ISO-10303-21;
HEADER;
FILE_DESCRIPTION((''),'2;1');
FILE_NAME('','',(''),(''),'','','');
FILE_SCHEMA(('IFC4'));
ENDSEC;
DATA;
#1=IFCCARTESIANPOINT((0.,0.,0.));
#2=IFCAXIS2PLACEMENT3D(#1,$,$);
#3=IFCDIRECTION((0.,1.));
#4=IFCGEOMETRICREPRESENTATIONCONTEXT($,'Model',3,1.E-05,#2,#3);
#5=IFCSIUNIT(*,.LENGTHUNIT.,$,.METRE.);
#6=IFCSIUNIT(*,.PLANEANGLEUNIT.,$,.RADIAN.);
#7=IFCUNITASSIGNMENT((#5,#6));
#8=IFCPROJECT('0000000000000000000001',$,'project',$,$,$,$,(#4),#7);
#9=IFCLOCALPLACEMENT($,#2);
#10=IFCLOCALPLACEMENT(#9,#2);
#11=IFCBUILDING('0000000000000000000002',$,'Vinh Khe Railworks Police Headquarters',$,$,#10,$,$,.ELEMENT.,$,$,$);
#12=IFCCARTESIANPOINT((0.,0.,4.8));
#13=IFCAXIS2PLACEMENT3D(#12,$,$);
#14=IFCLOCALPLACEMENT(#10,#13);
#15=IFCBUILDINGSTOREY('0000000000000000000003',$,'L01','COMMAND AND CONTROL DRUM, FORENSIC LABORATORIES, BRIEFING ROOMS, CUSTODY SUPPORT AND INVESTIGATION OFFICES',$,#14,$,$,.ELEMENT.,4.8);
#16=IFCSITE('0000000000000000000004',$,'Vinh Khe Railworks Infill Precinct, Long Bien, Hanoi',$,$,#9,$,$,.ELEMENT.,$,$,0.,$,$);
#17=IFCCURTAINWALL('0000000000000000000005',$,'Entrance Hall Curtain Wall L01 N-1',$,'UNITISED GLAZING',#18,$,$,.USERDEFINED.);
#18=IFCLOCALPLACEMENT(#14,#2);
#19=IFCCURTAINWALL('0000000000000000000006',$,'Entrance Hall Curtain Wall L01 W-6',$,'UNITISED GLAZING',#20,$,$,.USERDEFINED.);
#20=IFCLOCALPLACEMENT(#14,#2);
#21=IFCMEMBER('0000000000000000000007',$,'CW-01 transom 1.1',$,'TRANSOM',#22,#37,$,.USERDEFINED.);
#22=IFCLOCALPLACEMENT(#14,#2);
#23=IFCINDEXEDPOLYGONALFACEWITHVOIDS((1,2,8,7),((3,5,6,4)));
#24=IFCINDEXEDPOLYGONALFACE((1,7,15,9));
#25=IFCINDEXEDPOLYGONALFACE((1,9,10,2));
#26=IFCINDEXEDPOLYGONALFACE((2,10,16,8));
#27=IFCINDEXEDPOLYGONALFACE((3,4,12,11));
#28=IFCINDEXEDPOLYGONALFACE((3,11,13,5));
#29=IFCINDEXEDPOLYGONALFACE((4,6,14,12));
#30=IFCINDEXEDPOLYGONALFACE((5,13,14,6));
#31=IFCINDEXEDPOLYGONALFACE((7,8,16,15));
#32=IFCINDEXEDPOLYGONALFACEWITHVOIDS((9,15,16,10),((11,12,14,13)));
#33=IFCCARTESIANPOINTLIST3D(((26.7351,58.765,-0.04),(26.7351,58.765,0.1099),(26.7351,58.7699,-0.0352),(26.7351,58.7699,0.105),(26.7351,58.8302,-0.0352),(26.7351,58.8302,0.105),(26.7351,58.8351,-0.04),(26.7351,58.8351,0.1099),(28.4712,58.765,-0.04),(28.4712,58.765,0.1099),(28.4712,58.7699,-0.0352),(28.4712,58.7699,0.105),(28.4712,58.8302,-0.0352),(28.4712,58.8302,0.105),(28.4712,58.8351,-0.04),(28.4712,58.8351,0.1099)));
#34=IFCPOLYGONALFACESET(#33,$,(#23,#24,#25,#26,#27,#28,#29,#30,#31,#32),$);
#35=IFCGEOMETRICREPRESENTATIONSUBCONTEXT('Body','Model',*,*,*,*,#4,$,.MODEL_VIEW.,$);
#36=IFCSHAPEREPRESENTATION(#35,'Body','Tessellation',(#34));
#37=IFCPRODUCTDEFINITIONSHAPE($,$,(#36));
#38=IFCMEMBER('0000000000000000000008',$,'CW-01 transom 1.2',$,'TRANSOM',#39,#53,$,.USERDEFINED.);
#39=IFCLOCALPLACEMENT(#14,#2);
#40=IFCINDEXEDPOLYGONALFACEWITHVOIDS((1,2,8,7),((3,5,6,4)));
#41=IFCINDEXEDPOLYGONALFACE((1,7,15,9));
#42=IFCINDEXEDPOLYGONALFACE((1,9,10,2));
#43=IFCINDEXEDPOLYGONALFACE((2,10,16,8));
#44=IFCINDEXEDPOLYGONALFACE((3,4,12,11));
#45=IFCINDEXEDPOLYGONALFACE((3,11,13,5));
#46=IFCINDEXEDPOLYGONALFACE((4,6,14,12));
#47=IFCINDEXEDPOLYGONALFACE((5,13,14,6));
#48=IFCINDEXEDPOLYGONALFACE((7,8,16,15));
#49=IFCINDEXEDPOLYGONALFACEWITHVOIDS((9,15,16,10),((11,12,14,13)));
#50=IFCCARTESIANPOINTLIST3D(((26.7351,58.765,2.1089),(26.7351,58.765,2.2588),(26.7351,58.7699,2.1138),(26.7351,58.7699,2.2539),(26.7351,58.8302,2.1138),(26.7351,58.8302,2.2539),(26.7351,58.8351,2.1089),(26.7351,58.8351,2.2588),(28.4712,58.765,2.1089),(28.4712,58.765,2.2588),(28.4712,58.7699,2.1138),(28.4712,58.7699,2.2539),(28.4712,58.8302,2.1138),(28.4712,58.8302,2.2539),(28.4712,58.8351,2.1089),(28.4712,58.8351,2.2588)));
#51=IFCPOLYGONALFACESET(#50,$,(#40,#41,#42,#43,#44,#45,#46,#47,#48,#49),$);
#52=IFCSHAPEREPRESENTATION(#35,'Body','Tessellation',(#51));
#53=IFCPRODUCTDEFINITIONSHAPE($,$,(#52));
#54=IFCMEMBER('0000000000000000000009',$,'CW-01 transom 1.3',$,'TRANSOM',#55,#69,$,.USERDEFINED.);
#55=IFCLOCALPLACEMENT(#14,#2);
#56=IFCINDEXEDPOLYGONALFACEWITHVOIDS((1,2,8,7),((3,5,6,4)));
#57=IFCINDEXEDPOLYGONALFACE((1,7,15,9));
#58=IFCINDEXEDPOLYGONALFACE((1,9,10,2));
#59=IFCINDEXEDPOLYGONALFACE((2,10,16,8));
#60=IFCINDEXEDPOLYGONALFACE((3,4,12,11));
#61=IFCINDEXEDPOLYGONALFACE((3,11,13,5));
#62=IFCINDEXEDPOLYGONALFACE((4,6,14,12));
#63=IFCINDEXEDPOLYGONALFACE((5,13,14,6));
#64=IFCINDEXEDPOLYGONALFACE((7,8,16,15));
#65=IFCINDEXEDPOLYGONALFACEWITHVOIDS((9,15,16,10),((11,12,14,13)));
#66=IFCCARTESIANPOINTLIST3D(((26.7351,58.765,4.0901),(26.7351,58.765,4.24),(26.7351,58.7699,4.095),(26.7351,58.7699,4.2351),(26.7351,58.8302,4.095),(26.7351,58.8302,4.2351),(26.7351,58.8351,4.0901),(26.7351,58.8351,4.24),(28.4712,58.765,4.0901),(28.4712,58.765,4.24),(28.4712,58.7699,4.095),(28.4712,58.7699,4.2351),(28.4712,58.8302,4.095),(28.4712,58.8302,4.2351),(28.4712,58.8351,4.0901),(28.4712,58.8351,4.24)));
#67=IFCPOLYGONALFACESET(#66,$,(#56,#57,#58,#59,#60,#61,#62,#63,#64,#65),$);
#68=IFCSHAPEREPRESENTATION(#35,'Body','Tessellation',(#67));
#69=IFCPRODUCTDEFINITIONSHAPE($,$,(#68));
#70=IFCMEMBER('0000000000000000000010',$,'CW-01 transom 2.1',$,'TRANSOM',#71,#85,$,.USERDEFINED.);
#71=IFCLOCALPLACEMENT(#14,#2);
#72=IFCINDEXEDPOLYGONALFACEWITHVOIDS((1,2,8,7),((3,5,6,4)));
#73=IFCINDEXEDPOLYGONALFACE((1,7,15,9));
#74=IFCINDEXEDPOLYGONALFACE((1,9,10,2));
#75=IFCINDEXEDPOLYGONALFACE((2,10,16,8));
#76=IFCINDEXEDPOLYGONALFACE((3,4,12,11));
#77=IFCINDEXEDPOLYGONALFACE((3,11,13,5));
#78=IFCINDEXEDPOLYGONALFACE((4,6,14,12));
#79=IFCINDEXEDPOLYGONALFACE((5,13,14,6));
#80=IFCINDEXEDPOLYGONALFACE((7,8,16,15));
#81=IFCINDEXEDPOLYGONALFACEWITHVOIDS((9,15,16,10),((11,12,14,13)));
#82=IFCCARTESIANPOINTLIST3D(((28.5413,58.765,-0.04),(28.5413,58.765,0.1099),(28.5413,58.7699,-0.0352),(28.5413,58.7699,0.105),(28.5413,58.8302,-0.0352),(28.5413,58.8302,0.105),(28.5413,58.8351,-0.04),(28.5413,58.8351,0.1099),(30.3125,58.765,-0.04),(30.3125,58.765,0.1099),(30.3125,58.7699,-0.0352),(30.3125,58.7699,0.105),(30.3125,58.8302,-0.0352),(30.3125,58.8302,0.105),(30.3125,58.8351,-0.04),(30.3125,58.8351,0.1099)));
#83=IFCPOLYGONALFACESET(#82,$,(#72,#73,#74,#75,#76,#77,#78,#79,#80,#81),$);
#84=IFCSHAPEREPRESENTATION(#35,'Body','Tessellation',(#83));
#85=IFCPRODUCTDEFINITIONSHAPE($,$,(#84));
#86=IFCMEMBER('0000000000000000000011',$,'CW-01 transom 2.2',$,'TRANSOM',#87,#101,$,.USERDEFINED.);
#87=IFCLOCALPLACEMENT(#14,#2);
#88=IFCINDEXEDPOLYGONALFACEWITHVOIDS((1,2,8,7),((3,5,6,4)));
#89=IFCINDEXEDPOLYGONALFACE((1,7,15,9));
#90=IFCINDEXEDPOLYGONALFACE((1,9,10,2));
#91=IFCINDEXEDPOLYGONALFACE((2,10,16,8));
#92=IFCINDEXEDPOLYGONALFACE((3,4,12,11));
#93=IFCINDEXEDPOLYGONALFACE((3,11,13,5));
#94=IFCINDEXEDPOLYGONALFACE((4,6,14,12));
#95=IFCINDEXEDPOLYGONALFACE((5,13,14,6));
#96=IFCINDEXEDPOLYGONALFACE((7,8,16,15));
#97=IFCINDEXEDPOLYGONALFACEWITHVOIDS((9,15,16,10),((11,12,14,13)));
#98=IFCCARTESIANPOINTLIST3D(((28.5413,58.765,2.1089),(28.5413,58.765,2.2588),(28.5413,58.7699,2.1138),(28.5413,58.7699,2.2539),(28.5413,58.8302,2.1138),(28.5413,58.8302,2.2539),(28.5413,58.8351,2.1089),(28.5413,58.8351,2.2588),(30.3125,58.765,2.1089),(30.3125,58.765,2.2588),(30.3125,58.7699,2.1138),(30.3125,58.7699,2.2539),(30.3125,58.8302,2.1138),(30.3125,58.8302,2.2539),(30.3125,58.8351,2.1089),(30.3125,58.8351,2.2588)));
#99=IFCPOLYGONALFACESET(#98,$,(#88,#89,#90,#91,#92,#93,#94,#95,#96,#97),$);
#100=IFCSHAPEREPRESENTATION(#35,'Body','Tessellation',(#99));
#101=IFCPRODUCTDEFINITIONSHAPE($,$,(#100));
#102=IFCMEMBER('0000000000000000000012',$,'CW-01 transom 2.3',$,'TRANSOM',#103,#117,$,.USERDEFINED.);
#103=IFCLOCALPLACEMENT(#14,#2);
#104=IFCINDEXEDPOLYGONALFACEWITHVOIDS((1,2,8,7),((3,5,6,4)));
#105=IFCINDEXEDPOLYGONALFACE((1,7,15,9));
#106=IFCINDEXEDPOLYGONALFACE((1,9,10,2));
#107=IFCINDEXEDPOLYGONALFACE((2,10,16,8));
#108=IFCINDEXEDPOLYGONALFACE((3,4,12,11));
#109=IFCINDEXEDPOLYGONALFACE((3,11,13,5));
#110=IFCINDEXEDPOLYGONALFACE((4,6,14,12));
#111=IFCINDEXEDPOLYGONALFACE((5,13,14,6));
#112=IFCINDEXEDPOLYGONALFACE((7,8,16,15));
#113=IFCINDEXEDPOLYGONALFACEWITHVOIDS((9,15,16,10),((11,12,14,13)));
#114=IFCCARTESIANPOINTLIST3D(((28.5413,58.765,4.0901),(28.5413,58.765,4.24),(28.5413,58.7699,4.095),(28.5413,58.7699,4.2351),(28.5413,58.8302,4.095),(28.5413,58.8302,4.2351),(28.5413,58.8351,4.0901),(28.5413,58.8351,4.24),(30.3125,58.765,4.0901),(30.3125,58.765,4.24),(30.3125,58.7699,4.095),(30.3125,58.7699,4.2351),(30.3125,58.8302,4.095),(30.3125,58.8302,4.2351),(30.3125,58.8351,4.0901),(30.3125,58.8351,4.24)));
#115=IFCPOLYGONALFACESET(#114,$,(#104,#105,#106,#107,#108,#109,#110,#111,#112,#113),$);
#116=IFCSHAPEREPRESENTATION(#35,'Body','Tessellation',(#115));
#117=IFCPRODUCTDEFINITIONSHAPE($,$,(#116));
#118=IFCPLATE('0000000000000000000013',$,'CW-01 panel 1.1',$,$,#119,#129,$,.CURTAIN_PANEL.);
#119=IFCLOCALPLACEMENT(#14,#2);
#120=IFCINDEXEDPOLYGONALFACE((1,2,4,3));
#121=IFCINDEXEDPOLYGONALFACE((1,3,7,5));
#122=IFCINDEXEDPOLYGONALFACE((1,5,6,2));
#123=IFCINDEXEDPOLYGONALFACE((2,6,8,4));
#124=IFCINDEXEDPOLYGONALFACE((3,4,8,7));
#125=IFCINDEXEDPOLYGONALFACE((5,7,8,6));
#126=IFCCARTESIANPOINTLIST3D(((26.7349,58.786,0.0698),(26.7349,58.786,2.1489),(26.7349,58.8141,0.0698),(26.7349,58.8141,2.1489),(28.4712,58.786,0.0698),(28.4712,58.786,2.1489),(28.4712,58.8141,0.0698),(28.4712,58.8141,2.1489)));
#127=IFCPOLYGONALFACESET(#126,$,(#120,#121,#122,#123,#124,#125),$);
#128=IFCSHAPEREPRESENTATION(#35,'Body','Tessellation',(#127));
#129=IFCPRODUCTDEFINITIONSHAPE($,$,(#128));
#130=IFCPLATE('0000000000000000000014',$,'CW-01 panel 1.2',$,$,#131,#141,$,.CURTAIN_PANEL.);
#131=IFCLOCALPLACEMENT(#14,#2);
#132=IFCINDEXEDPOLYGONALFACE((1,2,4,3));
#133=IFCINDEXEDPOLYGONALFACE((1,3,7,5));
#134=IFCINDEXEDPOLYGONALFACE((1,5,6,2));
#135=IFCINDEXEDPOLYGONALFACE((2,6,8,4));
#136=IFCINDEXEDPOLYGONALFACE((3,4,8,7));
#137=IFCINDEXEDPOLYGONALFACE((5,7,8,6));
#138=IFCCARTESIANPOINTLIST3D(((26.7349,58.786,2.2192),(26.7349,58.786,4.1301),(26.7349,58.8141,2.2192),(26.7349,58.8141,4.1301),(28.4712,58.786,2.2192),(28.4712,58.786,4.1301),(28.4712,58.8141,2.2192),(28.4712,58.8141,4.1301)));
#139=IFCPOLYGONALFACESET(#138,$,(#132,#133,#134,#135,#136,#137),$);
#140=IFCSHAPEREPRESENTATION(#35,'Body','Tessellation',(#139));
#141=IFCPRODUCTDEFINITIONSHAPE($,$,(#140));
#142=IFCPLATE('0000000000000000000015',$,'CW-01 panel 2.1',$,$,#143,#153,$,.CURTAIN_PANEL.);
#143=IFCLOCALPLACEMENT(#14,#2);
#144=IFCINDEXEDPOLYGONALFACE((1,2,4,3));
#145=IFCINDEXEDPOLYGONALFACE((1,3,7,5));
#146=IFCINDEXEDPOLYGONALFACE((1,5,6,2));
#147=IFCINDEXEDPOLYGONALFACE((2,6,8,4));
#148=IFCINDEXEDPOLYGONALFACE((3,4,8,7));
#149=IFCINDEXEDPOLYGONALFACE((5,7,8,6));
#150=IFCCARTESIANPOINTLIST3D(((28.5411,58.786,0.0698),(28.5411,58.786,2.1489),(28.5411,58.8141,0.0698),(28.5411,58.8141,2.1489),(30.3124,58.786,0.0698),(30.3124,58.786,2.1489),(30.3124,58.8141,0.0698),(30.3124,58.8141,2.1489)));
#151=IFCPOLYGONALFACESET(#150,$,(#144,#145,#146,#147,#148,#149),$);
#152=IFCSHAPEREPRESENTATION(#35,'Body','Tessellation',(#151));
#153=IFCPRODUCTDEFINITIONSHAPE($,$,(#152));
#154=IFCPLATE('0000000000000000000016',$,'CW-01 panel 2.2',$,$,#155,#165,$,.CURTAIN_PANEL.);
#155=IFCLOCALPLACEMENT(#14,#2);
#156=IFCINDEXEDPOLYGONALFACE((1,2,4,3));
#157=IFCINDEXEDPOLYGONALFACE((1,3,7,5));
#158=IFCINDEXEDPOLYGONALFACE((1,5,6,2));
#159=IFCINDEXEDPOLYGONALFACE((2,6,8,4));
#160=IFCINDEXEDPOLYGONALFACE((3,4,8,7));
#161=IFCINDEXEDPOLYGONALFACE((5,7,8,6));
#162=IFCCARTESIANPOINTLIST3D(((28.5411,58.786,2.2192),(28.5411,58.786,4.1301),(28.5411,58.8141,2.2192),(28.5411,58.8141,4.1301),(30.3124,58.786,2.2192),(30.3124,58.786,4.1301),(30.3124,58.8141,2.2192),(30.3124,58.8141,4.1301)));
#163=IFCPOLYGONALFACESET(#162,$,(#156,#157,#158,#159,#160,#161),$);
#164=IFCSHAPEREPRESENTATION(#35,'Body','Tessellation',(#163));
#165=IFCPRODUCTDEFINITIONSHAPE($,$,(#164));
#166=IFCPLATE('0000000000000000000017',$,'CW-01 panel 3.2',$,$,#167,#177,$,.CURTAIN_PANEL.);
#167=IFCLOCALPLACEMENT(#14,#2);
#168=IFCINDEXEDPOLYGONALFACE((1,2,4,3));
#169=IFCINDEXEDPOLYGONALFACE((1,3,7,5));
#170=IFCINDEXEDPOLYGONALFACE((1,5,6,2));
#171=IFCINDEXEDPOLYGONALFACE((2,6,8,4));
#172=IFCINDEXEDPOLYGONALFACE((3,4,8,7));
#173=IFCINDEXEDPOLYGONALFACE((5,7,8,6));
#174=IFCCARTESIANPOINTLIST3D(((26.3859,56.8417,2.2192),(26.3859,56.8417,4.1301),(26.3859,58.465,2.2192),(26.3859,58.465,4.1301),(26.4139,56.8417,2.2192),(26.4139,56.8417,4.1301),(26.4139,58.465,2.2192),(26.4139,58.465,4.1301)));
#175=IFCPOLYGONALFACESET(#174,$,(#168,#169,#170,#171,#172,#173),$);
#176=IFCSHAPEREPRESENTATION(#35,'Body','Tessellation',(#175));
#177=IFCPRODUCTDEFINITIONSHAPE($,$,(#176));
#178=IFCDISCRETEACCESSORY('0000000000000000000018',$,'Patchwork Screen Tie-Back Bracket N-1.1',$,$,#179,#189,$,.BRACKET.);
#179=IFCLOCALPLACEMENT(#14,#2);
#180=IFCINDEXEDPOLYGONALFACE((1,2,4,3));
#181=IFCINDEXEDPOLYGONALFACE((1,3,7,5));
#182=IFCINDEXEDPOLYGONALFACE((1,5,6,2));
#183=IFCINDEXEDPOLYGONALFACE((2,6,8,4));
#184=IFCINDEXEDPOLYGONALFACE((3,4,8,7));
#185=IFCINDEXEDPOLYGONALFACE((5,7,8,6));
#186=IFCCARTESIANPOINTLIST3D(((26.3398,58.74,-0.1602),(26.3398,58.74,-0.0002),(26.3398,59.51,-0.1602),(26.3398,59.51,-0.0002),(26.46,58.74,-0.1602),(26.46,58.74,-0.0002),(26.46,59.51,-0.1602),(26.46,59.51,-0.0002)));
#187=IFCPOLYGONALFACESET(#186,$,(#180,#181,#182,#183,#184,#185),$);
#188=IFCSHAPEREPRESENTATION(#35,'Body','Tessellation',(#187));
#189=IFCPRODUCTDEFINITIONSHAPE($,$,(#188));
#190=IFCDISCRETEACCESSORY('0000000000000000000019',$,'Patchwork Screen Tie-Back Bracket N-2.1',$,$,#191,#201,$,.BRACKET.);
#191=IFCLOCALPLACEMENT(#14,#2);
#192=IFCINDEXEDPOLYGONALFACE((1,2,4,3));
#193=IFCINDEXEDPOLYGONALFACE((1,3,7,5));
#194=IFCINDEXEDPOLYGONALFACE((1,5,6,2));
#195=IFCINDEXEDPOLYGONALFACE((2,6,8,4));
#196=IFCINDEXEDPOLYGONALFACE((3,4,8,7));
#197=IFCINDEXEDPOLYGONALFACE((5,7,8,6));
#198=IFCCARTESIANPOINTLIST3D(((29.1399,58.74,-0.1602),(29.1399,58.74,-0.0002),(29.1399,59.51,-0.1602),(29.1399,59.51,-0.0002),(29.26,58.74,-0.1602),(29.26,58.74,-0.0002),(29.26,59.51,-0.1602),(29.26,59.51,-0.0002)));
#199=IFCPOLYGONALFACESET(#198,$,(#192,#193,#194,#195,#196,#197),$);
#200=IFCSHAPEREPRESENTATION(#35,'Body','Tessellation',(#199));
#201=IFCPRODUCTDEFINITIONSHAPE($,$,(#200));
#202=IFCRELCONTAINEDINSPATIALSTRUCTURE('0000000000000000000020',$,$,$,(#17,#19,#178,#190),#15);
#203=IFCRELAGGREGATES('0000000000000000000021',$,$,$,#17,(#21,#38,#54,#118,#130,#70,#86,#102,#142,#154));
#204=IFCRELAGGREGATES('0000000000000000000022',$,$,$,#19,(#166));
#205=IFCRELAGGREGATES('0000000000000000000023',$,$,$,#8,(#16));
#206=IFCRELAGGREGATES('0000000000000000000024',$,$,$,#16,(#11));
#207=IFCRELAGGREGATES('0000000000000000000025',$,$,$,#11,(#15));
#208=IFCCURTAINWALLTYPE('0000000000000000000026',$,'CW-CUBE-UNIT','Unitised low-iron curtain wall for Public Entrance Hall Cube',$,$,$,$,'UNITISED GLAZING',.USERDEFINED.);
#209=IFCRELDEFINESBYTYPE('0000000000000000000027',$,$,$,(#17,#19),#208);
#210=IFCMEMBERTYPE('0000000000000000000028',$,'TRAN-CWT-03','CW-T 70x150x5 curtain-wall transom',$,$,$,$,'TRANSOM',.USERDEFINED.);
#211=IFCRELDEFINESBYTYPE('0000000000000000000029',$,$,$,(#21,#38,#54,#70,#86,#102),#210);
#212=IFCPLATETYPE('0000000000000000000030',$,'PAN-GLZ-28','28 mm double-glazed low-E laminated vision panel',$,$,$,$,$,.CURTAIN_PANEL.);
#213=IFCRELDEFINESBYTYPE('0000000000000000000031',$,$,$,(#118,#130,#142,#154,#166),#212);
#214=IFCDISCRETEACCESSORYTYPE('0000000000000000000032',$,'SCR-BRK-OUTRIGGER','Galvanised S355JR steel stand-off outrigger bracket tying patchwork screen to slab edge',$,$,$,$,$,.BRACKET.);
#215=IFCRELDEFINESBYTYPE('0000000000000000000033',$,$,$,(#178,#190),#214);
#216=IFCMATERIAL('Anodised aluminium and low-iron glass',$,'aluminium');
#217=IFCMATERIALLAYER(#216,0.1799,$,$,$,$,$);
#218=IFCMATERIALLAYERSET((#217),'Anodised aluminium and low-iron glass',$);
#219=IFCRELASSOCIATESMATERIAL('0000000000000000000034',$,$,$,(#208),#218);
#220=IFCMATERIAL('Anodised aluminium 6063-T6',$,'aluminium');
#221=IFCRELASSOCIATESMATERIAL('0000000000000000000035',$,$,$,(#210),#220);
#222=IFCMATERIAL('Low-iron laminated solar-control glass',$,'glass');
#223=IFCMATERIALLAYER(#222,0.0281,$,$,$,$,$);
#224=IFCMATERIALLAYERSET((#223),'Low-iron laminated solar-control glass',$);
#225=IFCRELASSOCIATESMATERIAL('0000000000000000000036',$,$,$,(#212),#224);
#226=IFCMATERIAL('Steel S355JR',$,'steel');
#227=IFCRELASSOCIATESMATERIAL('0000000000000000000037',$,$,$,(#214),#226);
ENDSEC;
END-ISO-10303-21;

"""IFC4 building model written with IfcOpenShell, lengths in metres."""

from ifc_helpers import new_model, si_unit, direction, frame, origin, origin_2d, place, context, subcontext, project, spatial, rectangle, hollow_rectangle, extrude, material, layer, layer_set, material_profile, profile_set, type_object, element, aggregate, save


model = new_model("IFC4")

# Units and contexts
model_context = context("Model", 3, precision=1e-05, world=origin(), true_north=direction((0.0, 1.0)))
body_context = subcontext(model_context, "Body", "Model", "MODEL_VIEW")
ifc_project = project(units=[si_unit("LENGTHUNIT", "METRE"), si_unit("PLANEANGLEUNIT", "RADIAN")], contexts=[model_context])

# Site, building, storey
site_placement = place(None, origin())
site = spatial("IfcSite", under=ifc_project, at=site_placement, Name="Vinh Khe Railworks Infill Precinct, Long Bien, Hanoi", CompositionType="ELEMENT", RefElevation=0.0)
building_placement = place(site_placement, origin())
building = spatial("IfcBuilding", under=site, at=building_placement, Name="Vinh Khe Railworks Police Headquarters", CompositionType="ELEMENT")
storey_placement = place(building_placement, frame((0.0, 0.0, 4.8)))
storey = spatial("IfcBuildingStorey", under=building, at=storey_placement, Name="L01", Description="COMMAND AND CONTROL DRUM, FORENSIC LABORATORIES, BRIEFING ROOMS, CUSTODY SUPPORT AND INVESTIGATION OFFICES", CompositionType="ELEMENT", Elevation=4.8)

# Shared definitions
ifc_material_1 = material(Name="Steel S355JR", Category="steel")

# Curtain wall
ifc_material_2 = material(Name="Anodised aluminium and low-iron glass", Category="aluminium")
ifc_layer_1 = layer(ifc_material_2, 0.1799)
ifc_layer_set_1 = layer_set([ifc_layer_1], Name="Anodised aluminium and low-iron glass")
curtain_wall_type = type_object("IfcCurtainWallType", Name="CW-CUBE-UNIT", Description="Unitised low-iron curtain wall for Public Entrance Hall Cube", ElementType="UNITISED GLAZING", PredefinedType="USERDEFINED", material=ifc_layer_set_1)
curtain_wall_1_placement = place(storey_placement, origin())
curtain_wall_1 = element("IfcCurtainWall", 1, at=curtain_wall_1_placement, inside=storey, type_object=curtain_wall_type, Name="Entrance Hall Curtain Wall L01 N-1", ObjectType="UNITISED GLAZING", PredefinedType="USERDEFINED")
ifc_material_3 = material(Name="Anodised aluminium 6063-T6", Category="aluminium")

# Curtain wall
curtain_wall_2_placement = place(storey_placement, origin())
curtain_wall_2 = element("IfcCurtainWall", 2, at=curtain_wall_2_placement, inside=storey, type_object=curtain_wall_type, Name="Entrance Hall Curtain Wall L01 W-6", ObjectType="UNITISED GLAZING", PredefinedType="USERDEFINED")

# Members
ifc_material_profile_1 = material_profile(ifc_material_3, hollow_rectangle(XDim=0.0701, YDim=0.1499, WallThickness=0.0049, at=origin_2d()), Name="CW-T 70x150x5")
ifc_profile_set_1 = profile_set([ifc_material_profile_1], Name="Anodised aluminium 6063-T6")
member_type_1 = type_object("IfcMemberType", Name="TRAN-CWT-03", Description="CW-T 70x150x5 curtain-wall transom", ElementType="TRANSOM", PredefinedType="USERDEFINED", material=ifc_profile_set_1)
member_1_placement = place(storey_placement, frame((26.7351, 58.8, 0.0349), z_axis=(1.0, 0.0, 0.0), x_axis=(0.0, 1.0, 0.0)))
member_1 = element("IfcMember", 3, at=member_1_placement, type_object=member_type_1, Name="CW-01 transom 1.1", ObjectType="TRANSOM", PredefinedType="USERDEFINED", context=body_context, shape_type="SweptSolid", body=[
    extrude(hollow_rectangle(XDim=0.0701, YDim=0.1499, WallThickness=0.0049, at=origin_2d()), origin(), (0.0, 0.0, 1.0), 1.7361),
])
member_2_placement = place(storey_placement, frame((26.7351, 58.8, 2.1838), z_axis=(1.0, 0.0, 0.0), x_axis=(0.0, 1.0, 0.0)))
member_2 = element("IfcMember", 4, at=member_2_placement, type_object=member_type_1, Name="CW-01 transom 1.2", ObjectType="TRANSOM", PredefinedType="USERDEFINED", context=body_context, shape_type="SweptSolid", body=[
    extrude(hollow_rectangle(XDim=0.0701, YDim=0.1499, WallThickness=0.0049, at=origin_2d()), origin(), (0.0, 0.0, 1.0), 1.7361),
])
member_3_placement = place(storey_placement, frame((26.7351, 58.8, 4.165), z_axis=(1.0, 0.0, 0.0), x_axis=(0.0, 1.0, 0.0)))
member_3 = element("IfcMember", 5, at=member_3_placement, type_object=member_type_1, Name="CW-01 transom 1.3", ObjectType="TRANSOM", PredefinedType="USERDEFINED", context=body_context, shape_type="SweptSolid", body=[
    extrude(hollow_rectangle(XDim=0.0701, YDim=0.1499, WallThickness=0.0049, at=origin_2d()), origin(), (0.0, 0.0, 1.0), 1.7361),
])
member_4_placement = place(storey_placement, frame((28.5413, 58.8, 0.0349), z_axis=(1.0, 0.0, 0.0), x_axis=(0.0, 1.0, 0.0)))
member_4 = element("IfcMember", 6, at=member_4_placement, type_object=member_type_1, Name="CW-01 transom 2.1", ObjectType="TRANSOM", PredefinedType="USERDEFINED", context=body_context, shape_type="SweptSolid", body=[
    extrude(hollow_rectangle(XDim=0.0701, YDim=0.1499, WallThickness=0.0049, at=origin_2d()), origin(), (0.0, 0.0, 1.0), 1.7712),
])
member_5_placement = place(storey_placement, frame((28.5413, 58.8, 2.1838), z_axis=(1.0, 0.0, 0.0), x_axis=(0.0, 1.0, 0.0)))
member_5 = element("IfcMember", 7, at=member_5_placement, type_object=member_type_1, Name="CW-01 transom 2.2", ObjectType="TRANSOM", PredefinedType="USERDEFINED", context=body_context, shape_type="SweptSolid", body=[
    extrude(hollow_rectangle(XDim=0.0701, YDim=0.1499, WallThickness=0.0049, at=origin_2d()), origin(), (0.0, 0.0, 1.0), 1.7712),
])
member_6_placement = place(storey_placement, frame((28.5413, 58.8, 4.165), z_axis=(1.0, 0.0, 0.0), x_axis=(0.0, 1.0, 0.0)))
member_6 = element("IfcMember", 8, at=member_6_placement, type_object=member_type_1, Name="CW-01 transom 2.3", ObjectType="TRANSOM", PredefinedType="USERDEFINED", context=body_context, shape_type="SweptSolid", body=[
    extrude(hollow_rectangle(XDim=0.0701, YDim=0.1499, WallThickness=0.0049, at=origin_2d()), origin(), (0.0, 0.0, 1.0), 1.7712),
])

# Plates
ifc_material_4 = material(Name="Low-iron laminated solar-control glass", Category="glass")
ifc_layer_2 = layer(ifc_material_4, 0.0281)
ifc_layer_set_2 = layer_set([ifc_layer_2], Name="Low-iron laminated solar-control glass")
plate_type = type_object("IfcPlateType", Name="PAN-GLZ-28", Description="28 mm double-glazed low-E laminated vision panel", PredefinedType="CURTAIN_PANEL", material=ifc_layer_set_2)
plate_1_placement = place(storey_placement, frame((27.603, 58.8, 0.0698), z_axis=(0.0, 0.0, 1.0), x_axis=(1.0, 0.0, 0.0)))
plate_1 = element("IfcPlate", 9, at=plate_1_placement, type_object=plate_type, Name="CW-01 panel 1.1", PredefinedType="CURTAIN_PANEL", context=body_context, shape_type="SweptSolid", body=[
    extrude(rectangle(XDim=1.7363, YDim=0.0281, at=origin_2d()), origin(), (0.0, 0.0, 1.0), 2.0791),
])
plate_2_placement = place(storey_placement, frame((27.603, 58.8, 2.2192), z_axis=(0.0, 0.0, 1.0), x_axis=(1.0, 0.0, 0.0)))
plate_2 = element("IfcPlate", 10, at=plate_2_placement, type_object=plate_type, Name="CW-01 panel 1.2", PredefinedType="CURTAIN_PANEL", context=body_context, shape_type="SweptSolid", body=[
    extrude(rectangle(XDim=1.7363, YDim=0.0281, at=origin_2d()), origin(), (0.0, 0.0, 1.0), 1.9109),
])
plate_3_placement = place(storey_placement, frame((29.4268, 58.8, 0.0698), z_axis=(0.0, 0.0, 1.0), x_axis=(1.0, 0.0, 0.0)))
plate_3 = element("IfcPlate", 11, at=plate_3_placement, type_object=plate_type, Name="CW-01 panel 2.1", PredefinedType="CURTAIN_PANEL", context=body_context, shape_type="SweptSolid", body=[
    extrude(rectangle(XDim=1.7712, YDim=0.0281, at=origin_2d()), origin(), (0.0, 0.0, 1.0), 2.0791),
])
plate_4_placement = place(storey_placement, frame((29.4268, 58.8, 2.2192), z_axis=(0.0, 0.0, 1.0), x_axis=(1.0, 0.0, 0.0)))
plate_4 = element("IfcPlate", 12, at=plate_4_placement, type_object=plate_type, Name="CW-01 panel 2.2", PredefinedType="CURTAIN_PANEL", context=body_context, shape_type="SweptSolid", body=[
    extrude(rectangle(XDim=1.7712, YDim=0.0281, at=origin_2d()), origin(), (0.0, 0.0, 1.0), 1.9109),
])
aggregate(curtain_wall_1, [member_1, member_2, member_3, plate_1, plate_2, member_4, member_5, member_6, plate_3, plate_4])
plate_5_placement = place(storey_placement, frame((26.3999, 57.6533, 2.2192), z_axis=(0.0, 0.0, 1.0), x_axis=(0.0, 1.0, 0.0)))
plate_5 = element("IfcPlate", 13, at=plate_5_placement, type_object=plate_type, Name="CW-01 panel 3.2", PredefinedType="CURTAIN_PANEL", context=body_context, shape_type="SweptSolid", body=[
    extrude(rectangle(XDim=1.6233, YDim=0.0281, at=origin_2d()), origin(), (0.0, 0.0, 1.0), 1.9109),
])
aggregate(curtain_wall_2, [plate_5])

# Discrete accessories
discrete_accessory_type_1 = type_object("IfcDiscreteAccessoryType", Name="SCR-BRK-OUTRIGGER", Description="Galvanised S355JR steel stand-off outrigger bracket tying patchwork screen to slab edge", PredefinedType="BRACKET", material=ifc_material_1)
for number, where, z_axis, x_axis, name in (
    (14, (26.3999, 59.125, -0.1602), (0.0, 0.0, 1.0), (1.0, 0.0, 0.0), "Patchwork Screen Tie-Back Bracket N-1.1"),
    (15, (29.2, 59.125, -0.1602), (0.0, 0.0, 1.0), (1.0, 0.0, 0.0), "Patchwork Screen Tie-Back Bracket N-2.1"),
):
    element("IfcDiscreteAccessory", number, at=place(storey_placement, frame(where, z_axis=z_axis, x_axis=x_axis)), inside=storey, type_object=discrete_accessory_type_1, Name=name, PredefinedType="BRACKET", context=body_context, shape_type="SweptSolid", body=[
        extrude(rectangle(XDim=0.1201, YDim=0.77, at=origin_2d()), origin(), (0.0, 0.0, 1.0), 0.1599),
    ])

save(model, "model.ifc")
